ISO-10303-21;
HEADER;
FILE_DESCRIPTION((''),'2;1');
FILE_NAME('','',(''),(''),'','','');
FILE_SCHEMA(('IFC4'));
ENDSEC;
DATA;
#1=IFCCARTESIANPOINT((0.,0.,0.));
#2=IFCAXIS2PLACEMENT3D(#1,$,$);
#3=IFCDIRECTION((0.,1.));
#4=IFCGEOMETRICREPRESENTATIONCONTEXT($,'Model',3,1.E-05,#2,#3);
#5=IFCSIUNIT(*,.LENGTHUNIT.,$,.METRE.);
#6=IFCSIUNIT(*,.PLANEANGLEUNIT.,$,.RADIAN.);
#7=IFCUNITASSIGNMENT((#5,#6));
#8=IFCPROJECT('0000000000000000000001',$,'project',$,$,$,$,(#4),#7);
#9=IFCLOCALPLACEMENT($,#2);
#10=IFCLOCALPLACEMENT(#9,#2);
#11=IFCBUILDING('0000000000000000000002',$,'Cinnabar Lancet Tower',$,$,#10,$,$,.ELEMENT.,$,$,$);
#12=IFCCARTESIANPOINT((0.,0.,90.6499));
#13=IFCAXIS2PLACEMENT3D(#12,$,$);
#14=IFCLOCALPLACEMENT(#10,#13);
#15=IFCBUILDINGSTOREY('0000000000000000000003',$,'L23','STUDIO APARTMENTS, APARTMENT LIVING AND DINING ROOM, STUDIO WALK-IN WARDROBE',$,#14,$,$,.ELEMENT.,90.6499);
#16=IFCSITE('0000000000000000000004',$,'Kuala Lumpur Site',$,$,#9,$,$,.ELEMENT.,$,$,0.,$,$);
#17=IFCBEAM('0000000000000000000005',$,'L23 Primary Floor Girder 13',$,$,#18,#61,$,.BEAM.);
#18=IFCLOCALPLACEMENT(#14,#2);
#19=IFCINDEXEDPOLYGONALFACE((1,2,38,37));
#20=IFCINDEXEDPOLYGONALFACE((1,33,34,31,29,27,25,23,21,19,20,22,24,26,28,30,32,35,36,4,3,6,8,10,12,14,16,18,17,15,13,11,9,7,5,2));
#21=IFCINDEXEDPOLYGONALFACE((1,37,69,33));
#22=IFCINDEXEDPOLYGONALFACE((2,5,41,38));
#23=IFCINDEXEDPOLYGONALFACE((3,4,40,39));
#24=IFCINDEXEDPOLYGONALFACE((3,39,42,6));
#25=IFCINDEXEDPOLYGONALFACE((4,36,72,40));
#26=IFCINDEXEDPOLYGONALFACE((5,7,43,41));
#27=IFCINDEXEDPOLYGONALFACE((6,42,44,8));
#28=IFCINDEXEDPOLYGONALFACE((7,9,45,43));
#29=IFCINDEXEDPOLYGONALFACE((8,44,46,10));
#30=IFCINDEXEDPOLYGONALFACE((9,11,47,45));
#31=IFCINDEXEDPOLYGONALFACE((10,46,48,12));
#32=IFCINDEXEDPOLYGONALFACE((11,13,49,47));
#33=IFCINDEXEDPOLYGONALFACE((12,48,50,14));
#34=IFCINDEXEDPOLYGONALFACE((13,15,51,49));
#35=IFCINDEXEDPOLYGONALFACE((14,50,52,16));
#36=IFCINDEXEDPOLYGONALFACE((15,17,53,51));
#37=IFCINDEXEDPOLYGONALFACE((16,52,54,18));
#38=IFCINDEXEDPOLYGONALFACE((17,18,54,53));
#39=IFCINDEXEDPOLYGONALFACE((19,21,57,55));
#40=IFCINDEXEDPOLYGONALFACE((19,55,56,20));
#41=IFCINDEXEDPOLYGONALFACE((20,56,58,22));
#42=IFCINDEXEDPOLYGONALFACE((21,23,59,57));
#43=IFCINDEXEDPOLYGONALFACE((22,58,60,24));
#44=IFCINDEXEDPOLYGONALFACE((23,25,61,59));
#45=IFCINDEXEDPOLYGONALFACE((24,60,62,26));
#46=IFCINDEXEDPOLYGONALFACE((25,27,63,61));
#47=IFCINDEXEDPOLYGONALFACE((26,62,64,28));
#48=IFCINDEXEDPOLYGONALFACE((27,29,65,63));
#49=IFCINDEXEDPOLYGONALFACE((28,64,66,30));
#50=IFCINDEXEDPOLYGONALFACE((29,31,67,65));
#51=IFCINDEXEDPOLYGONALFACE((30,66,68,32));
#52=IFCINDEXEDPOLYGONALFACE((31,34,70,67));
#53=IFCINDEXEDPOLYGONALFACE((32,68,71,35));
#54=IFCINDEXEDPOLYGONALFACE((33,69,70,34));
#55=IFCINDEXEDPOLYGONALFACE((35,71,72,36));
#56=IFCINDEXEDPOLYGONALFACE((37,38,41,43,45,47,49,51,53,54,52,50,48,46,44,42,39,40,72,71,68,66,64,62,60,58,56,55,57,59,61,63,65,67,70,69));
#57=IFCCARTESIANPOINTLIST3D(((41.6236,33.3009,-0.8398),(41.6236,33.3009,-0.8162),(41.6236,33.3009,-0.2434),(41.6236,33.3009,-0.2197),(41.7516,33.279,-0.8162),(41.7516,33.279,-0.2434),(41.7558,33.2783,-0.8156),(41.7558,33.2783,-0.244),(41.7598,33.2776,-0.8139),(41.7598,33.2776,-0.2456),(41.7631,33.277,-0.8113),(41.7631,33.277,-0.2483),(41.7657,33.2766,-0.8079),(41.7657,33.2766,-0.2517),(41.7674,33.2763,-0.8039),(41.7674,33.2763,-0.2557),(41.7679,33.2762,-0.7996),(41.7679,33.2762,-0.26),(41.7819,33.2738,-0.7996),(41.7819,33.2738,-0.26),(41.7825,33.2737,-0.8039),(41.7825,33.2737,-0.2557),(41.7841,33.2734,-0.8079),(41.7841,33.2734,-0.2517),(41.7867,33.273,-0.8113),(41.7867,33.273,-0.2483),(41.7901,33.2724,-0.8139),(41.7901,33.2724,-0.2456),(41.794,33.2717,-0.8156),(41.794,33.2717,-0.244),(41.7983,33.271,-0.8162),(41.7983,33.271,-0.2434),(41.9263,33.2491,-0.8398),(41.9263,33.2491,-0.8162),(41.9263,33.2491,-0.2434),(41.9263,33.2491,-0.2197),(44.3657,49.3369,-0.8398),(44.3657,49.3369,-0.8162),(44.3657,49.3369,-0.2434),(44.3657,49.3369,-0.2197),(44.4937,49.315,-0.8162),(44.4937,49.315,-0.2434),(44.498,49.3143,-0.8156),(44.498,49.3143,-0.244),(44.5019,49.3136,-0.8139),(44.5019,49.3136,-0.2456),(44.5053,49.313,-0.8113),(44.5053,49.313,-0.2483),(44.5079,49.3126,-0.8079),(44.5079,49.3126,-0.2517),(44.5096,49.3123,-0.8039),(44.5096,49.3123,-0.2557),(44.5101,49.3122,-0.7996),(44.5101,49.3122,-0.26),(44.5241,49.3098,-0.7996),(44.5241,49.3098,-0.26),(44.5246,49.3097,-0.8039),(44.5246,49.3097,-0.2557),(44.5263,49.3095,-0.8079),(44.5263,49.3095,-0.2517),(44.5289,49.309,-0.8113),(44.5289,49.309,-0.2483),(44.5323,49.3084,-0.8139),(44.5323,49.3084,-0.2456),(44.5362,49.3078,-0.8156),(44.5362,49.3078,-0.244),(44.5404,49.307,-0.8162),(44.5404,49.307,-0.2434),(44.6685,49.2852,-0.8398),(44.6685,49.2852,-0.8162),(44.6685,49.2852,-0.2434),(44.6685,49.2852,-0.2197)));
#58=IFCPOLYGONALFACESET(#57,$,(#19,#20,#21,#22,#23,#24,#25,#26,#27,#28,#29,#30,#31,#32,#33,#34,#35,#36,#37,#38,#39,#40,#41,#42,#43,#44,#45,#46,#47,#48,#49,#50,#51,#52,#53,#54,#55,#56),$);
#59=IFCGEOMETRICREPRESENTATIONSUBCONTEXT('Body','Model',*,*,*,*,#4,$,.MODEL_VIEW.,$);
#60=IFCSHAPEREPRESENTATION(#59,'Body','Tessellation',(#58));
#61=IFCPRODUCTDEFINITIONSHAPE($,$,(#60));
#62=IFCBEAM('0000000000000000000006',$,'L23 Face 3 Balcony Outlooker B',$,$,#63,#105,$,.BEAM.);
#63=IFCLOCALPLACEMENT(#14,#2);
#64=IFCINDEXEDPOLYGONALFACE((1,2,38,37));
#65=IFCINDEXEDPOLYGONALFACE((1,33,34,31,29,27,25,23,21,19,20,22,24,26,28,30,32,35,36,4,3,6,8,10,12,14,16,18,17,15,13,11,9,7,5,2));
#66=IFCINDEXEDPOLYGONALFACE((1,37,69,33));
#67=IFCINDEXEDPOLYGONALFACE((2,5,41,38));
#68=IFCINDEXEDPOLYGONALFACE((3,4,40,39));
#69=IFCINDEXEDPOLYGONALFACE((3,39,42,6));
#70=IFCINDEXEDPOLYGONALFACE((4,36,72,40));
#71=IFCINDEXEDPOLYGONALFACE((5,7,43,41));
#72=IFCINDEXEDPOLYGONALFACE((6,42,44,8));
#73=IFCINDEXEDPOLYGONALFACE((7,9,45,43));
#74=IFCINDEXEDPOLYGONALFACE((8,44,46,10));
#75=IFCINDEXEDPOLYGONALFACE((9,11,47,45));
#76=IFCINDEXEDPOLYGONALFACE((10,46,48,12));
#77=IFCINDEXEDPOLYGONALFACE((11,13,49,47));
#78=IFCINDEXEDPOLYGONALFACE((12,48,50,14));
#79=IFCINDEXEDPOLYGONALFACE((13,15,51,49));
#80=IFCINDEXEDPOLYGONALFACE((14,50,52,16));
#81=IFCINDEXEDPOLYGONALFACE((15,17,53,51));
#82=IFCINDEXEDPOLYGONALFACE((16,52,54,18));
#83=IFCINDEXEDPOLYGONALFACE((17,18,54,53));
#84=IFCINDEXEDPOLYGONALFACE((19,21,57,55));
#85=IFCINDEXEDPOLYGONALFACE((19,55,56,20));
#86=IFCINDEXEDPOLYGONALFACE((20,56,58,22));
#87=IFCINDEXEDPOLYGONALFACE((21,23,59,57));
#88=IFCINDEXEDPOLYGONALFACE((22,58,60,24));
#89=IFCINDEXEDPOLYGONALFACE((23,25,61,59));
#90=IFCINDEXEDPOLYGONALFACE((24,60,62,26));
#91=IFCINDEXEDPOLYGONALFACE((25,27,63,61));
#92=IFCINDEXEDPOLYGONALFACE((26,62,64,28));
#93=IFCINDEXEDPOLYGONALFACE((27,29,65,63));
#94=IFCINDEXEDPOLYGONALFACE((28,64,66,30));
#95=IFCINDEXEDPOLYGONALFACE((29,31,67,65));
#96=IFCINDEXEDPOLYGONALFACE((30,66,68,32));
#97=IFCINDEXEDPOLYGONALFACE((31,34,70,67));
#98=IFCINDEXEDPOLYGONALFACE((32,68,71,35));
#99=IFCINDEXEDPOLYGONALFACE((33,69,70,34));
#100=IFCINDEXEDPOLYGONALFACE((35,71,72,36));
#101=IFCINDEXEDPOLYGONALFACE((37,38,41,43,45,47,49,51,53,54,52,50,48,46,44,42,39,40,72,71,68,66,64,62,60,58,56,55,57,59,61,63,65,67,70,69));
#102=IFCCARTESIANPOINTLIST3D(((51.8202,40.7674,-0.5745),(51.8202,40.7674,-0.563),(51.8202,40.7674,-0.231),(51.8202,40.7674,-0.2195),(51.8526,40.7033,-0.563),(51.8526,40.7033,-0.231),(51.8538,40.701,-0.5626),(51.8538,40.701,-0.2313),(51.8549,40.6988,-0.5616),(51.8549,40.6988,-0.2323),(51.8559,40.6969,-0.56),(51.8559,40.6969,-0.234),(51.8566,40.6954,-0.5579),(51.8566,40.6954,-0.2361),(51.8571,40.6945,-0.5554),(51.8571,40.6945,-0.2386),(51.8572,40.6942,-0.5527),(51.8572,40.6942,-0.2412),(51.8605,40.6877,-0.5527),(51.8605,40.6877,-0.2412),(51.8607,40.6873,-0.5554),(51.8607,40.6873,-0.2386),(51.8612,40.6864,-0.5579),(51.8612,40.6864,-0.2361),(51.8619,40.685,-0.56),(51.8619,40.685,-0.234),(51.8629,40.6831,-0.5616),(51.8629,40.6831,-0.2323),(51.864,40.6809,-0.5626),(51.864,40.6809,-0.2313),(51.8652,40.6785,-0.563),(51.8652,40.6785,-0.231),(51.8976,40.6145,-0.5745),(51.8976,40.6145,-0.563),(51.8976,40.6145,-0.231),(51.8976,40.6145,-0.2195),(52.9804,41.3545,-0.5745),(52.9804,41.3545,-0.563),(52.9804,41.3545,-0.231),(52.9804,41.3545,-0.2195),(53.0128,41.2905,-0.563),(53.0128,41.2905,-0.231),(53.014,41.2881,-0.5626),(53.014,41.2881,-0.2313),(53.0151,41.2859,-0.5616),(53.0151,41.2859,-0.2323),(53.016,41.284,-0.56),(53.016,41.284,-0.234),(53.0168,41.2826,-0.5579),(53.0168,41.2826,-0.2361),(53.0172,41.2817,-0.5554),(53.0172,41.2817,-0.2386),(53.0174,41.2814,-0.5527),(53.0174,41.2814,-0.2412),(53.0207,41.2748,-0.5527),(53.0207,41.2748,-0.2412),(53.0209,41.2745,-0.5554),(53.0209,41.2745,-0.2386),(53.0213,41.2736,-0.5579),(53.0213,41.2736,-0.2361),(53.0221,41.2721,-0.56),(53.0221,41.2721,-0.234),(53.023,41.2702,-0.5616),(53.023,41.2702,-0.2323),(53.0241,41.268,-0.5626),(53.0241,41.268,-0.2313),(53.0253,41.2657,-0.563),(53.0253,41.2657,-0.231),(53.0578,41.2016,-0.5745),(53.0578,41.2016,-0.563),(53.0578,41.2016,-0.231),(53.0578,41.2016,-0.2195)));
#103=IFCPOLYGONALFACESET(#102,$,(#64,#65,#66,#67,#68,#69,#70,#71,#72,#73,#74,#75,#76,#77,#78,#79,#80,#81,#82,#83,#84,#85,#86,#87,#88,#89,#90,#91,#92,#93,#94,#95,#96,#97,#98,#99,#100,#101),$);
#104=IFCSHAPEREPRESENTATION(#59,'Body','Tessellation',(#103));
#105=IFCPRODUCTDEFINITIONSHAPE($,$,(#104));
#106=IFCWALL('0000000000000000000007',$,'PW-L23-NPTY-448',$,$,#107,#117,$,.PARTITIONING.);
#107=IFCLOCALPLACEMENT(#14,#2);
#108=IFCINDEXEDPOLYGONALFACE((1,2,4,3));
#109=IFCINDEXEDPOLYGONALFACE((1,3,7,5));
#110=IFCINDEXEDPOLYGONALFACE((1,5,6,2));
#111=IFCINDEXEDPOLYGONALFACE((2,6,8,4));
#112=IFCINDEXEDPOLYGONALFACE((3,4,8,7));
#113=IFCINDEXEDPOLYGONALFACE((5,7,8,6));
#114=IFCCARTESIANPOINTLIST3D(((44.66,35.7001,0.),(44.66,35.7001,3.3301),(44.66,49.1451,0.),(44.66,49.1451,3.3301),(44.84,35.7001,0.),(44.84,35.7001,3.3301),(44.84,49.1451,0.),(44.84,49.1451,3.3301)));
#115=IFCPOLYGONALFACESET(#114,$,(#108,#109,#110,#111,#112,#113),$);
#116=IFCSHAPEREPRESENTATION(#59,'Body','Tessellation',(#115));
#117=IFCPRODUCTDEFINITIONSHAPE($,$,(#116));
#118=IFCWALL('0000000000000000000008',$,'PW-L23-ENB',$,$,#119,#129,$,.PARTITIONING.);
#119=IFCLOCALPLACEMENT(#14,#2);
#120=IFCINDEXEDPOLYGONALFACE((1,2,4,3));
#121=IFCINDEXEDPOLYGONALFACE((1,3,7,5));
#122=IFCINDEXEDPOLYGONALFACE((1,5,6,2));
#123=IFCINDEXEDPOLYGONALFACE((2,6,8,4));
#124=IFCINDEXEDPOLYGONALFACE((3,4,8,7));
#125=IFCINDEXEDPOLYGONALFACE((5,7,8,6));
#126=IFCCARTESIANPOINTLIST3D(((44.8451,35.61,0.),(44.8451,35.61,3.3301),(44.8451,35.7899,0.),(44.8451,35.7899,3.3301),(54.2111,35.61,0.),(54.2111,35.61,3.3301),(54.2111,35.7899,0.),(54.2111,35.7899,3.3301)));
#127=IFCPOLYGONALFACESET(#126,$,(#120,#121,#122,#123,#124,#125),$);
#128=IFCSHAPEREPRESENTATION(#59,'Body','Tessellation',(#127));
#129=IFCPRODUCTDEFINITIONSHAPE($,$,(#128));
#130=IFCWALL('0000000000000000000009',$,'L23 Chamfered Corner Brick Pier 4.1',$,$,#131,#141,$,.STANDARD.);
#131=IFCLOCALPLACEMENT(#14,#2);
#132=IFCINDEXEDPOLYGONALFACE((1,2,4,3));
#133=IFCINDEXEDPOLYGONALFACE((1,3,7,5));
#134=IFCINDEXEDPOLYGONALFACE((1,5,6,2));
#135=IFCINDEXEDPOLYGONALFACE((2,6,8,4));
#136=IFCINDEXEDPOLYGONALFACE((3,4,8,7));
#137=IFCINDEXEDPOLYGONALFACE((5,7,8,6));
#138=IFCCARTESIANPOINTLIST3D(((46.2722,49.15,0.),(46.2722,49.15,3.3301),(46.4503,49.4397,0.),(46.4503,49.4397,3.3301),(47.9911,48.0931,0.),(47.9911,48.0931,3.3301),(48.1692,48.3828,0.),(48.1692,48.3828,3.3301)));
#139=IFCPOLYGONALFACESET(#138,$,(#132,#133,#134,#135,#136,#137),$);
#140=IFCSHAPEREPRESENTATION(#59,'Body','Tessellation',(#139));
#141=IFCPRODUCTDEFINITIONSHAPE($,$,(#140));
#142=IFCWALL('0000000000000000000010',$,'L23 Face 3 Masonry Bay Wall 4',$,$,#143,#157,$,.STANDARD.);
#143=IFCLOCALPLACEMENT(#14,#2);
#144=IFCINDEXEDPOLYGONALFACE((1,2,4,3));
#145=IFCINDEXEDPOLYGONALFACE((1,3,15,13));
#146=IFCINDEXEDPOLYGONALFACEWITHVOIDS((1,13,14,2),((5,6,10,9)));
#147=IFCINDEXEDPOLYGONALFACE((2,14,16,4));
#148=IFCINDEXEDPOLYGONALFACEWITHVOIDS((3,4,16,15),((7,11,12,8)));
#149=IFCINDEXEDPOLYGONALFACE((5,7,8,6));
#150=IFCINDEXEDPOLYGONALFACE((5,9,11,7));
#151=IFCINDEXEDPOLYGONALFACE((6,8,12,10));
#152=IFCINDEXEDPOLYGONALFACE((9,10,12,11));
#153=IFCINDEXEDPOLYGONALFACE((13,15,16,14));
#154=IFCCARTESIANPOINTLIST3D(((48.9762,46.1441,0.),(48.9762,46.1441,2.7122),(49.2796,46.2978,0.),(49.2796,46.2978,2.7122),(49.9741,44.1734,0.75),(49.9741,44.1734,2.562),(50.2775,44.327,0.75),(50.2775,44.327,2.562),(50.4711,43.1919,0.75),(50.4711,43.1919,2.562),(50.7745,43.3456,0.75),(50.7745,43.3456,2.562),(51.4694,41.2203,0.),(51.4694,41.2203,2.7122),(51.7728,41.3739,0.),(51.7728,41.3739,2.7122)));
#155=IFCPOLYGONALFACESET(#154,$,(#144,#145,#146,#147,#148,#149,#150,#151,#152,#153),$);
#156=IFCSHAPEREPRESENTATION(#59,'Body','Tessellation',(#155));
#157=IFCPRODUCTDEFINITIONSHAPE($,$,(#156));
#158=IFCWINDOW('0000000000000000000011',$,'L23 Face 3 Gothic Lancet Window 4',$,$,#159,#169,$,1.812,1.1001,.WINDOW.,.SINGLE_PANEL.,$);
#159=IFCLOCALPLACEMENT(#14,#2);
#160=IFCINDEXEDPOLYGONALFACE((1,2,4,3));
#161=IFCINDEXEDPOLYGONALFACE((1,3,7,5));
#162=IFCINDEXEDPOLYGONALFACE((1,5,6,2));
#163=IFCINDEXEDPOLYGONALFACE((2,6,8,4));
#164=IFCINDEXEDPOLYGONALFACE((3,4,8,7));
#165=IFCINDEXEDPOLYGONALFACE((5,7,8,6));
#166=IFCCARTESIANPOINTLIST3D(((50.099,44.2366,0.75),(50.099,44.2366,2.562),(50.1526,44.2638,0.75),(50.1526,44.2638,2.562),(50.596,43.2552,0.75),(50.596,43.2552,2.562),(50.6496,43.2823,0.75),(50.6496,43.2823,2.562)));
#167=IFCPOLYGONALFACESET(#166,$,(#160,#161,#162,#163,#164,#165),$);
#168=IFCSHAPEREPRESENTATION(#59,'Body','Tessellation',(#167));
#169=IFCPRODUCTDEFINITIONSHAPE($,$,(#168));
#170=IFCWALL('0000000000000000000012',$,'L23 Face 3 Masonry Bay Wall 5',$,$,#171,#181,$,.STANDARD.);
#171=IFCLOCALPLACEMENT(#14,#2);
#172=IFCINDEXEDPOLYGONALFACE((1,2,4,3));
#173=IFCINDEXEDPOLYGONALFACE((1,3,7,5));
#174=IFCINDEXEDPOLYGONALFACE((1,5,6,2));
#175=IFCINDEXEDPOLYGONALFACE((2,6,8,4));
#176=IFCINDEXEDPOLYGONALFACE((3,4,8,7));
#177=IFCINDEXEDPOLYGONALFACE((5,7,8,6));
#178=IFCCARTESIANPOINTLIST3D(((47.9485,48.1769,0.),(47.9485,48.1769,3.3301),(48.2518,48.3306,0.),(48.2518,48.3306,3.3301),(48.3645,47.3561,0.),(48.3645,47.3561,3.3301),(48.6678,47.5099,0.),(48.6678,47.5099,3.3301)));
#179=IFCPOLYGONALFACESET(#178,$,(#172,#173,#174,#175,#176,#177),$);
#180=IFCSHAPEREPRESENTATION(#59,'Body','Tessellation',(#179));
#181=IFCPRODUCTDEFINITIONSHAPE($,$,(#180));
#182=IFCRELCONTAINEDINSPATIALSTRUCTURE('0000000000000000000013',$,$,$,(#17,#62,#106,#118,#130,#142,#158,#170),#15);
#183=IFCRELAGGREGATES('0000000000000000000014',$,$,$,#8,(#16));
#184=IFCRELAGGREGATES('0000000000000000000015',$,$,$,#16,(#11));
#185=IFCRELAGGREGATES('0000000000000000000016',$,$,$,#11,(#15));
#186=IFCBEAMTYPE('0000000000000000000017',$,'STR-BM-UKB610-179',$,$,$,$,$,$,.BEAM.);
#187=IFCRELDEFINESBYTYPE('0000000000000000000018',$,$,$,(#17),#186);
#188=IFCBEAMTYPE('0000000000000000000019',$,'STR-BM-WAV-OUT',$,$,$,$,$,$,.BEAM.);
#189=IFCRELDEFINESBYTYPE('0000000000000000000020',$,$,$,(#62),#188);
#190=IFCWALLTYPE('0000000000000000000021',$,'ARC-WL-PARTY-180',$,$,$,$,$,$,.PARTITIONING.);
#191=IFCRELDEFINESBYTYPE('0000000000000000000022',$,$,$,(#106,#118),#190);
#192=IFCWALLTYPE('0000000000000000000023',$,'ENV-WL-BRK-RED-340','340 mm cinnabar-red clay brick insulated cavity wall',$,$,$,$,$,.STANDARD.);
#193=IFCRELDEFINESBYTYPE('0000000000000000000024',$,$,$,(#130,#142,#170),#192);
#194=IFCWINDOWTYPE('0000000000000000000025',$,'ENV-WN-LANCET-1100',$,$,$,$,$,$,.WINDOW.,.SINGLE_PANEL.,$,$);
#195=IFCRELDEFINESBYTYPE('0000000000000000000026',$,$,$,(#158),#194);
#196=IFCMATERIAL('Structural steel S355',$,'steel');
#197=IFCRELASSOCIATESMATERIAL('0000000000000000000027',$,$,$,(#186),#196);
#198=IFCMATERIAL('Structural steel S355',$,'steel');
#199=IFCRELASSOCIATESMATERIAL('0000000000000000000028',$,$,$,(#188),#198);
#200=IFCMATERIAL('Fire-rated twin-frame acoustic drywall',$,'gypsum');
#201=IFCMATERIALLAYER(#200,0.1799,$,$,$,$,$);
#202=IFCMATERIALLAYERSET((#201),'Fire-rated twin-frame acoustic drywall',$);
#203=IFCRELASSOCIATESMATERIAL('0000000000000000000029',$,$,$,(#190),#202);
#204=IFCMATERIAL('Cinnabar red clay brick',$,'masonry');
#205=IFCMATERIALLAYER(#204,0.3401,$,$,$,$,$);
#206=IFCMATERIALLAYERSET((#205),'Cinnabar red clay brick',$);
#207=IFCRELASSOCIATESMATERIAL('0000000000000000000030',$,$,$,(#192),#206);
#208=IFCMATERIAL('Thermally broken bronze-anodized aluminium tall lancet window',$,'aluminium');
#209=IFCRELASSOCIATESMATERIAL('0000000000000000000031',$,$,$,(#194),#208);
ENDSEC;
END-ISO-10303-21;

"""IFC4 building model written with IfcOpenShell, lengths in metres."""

from ifc_helpers import new_model, si_unit, direction, frame, frame_2d, origin, origin_2d, place, context, subcontext, project, spatial, rectangle, i_section, extrude, material, layer, layer_set, material_profile, profile_set, type_object, element, fill, save


model = new_model("IFC4")

# Units and contexts
model_context = context("Model", 3, precision=1e-05, world=origin(), true_north=direction((0.0, 1.0)))
body_context = subcontext(model_context, "Body", "Model", "MODEL_VIEW")
ifc_project = project(units=[si_unit("LENGTHUNIT", "METRE"), si_unit("PLANEANGLEUNIT", "RADIAN")], contexts=[model_context])

# Site, building, storey
site_placement = place(None, origin())
site = spatial("IfcSite", under=ifc_project, at=site_placement, Name="Kuala Lumpur Site", CompositionType="ELEMENT", RefElevation=0.0)
building_placement = place(site_placement, origin())
building = spatial("IfcBuilding", under=site, at=building_placement, Name="Cinnabar Lancet Tower", CompositionType="ELEMENT")
storey_placement = place(building_placement, frame((0.0, 0.0, 90.6499)))
storey = spatial("IfcBuildingStorey", under=building, at=storey_placement, Name="L23", Description="STUDIO APARTMENTS, APARTMENT LIVING AND DINING ROOM, STUDIO WALK-IN WARDROBE", CompositionType="ELEMENT", Elevation=90.6499)

# Beams
ifc_material_1 = material(Name="Structural steel S355", Category="steel")
ifc_material_profile_1 = material_profile(ifc_material_1, i_section(OverallWidth=0.3071, OverallDepth=0.6201, WebThickness=0.0142, FlangeThickness=0.0237, FilletRadius=0.0166, at=origin_2d()), Name="UKB 610x305x179")
ifc_profile_set_1 = profile_set([ifc_material_profile_1], Name="Structural steel S355")
beam_type_1 = type_object("IfcBeamType", Name="STR-BM-UKB610-179", PredefinedType="BEAM", material=ifc_profile_set_1)
beam_1_placement = place(storey_placement, frame((44.5171, 49.311, -0.5298), z_axis=(-0.168554, -0.985692, 0.0), x_axis=(0.985692, -0.168554, 0.0)))
element("IfcBeam", 1, at=beam_1_placement, inside=storey, type_object=beam_type_1, Name="L23 Primary Floor Girder 13", PredefinedType="BEAM", context=body_context, shape_type="SweptSolid", body=[
    extrude(i_section(OverallWidth=0.3071, OverallDepth=0.6201, WebThickness=0.0142, FlangeThickness=0.0237, FilletRadius=0.0166, at=origin_2d()), origin(), (0.0, 0.0, 1.0), 16.2688),
])
ifc_material_2 = material(Name="Structural steel S355", Category="steel")
ifc_material_profile_2 = material_profile(ifc_material_2, i_section(OverallWidth=0.1714, OverallDepth=0.355, WebThickness=0.0073, FlangeThickness=0.0115, FilletRadius=0.0103, at=origin_2d()), Name="UKB 356x171x51")
ifc_profile_set_2 = profile_set([ifc_material_profile_2], Name="Structural steel S355")
beam_type_2 = type_object("IfcBeamType", Name="STR-BM-WAV-OUT", PredefinedType="BEAM", material=ifc_profile_set_2)
beam_2_placement = place(storey_placement, frame((51.8589, 40.6909, -0.397), z_axis=(0.892239, 0.451564, 0.0), x_axis=(-0.451564, 0.892239, 0.0)))
element("IfcBeam", 2, at=beam_2_placement, inside=storey, type_object=beam_type_2, Name="L23 Face 3 Balcony Outlooker B", PredefinedType="BEAM", context=body_context, shape_type="SweptSolid", body=[
    extrude(i_section(OverallWidth=0.1714, OverallDepth=0.355, WebThickness=0.0073, FlangeThickness=0.0115, FilletRadius=0.0103, at=origin_2d()), origin(), (0.0, 0.0, 1.0), 1.3003),
])

# Walls
ifc_material_3 = material(Name="Fire-rated twin-frame acoustic drywall", Category="gypsum")
ifc_layer_1 = layer(ifc_material_3, 0.1799)
ifc_layer_set_1 = layer_set([ifc_layer_1], Name="Fire-rated twin-frame acoustic drywall")
wall_type_1 = type_object("IfcWallType", Name="ARC-WL-PARTY-180", PredefinedType="PARTITIONING", material=ifc_layer_set_1)
wall_1_placement = place(storey_placement, frame((44.75, 35.7, 0.0), z_axis=(0.0, 0.0, 1.0), x_axis=(0.0, 1.0, 0.0)))
element("IfcWall", 3, at=wall_1_placement, inside=storey, type_object=wall_type_1, Name="PW-L23-NPTY-448", PredefinedType="PARTITIONING", context=body_context, shape_type="SweptSolid", body=[
    extrude(rectangle(XDim=13.4451, YDim=0.1799, at=frame_2d((6.7227, 0.0))), origin(), (0.0, 0.0, 1.0), 3.3301),
])
wall_2_placement = place(storey_placement, frame((44.845, 35.7, 0.0), z_axis=(0.0, 0.0, 1.0), x_axis=(1.0, 0.0, 0.0)))
element("IfcWall", 4, at=wall_2_placement, inside=storey, type_object=wall_type_1, Name="PW-L23-ENB", PredefinedType="PARTITIONING", context=body_context, shape_type="SweptSolid", body=[
    extrude(rectangle(XDim=9.366, YDim=0.1799, at=frame_2d((4.6831, 0.0))), origin(), (0.0, 0.0, 1.0), 3.3301),
])
ifc_material_4 = material(Name="Cinnabar red clay brick", Category="masonry")
ifc_layer_2 = layer(ifc_material_4, 0.3401)
ifc_layer_set_2 = layer_set([ifc_layer_2], Name="Cinnabar red clay brick")
wall_type_2 = type_object("IfcWallType", Name="ENV-WL-BRK-RED-340", Description="340 mm cinnabar-red clay brick insulated cavity wall", PredefinedType="STANDARD", material=ifc_layer_set_2)
wall_3_placement = place(storey_placement, frame((48.0801, 48.238, 0.0), z_axis=(0.0, 0.0, 1.0), x_axis=(-0.85187, 0.523753, 0.0)))
element("IfcWall", 5, at=wall_3_placement, inside=storey, type_object=wall_type_2, Name="L23 Chamfered Corner Brick Pier 4.1", PredefinedType="STANDARD", context=body_context, shape_type="SweptSolid", body=[
    extrude(rectangle(XDim=2.0178, YDim=0.3401, at=frame_2d((1.0088, 0.0))), origin(), (0.0, 0.0, 1.0), 3.3301),
])

# Wall, opening, window
wall_4_placement = place(storey_placement, frame((51.6211, 41.2971, 0.0), z_axis=(0.0, 0.0, 1.0), x_axis=(-0.451738, 0.892151, 0.0)))
wall_4 = element("IfcWall", 6, at=wall_4_placement, inside=storey, type_object=wall_type_2, Name="L23 Face 3 Masonry Bay Wall 4", PredefinedType="STANDARD", context=body_context, shape_type="SweptSolid", body=[
    extrude(rectangle(XDim=5.519, YDim=0.3401, at=frame_2d((2.7595, 0.0))), origin(), (0.0, 0.0, 1.0), 2.7122),
])
opening_1_placement = place(wall_4_placement, frame((2.21, 0.0, 0.75)))
opening_1 = element("IfcOpeningElement", 7, at=opening_1_placement, cuts=wall_4, PredefinedType="OPENING", context=body_context, shape_type="SweptSolid", body=[
    extrude(rectangle(XDim=1.1001, YDim=1.812, at=frame_2d((0.55, 0.906))), frame((0.0, 0.1799, 0.0), z_axis=(0.0, -1.0, 0.0), x_axis=(1.0, 0.0, 0.0)), (0.0, 0.0, 1.0), 0.3601),
])
ifc_material_5 = material(Name="Thermally broken bronze-anodized aluminium tall lancet window", Category="aluminium")
window_type = type_object("IfcWindowType", Name="ENV-WN-LANCET-1100", PartitioningType="SINGLE_PANEL", PredefinedType="WINDOW", material=ifc_material_5)
window_1_placement = place(opening_1_placement, origin())
window_1 = element("IfcWindow", 8, at=window_1_placement, inside=storey, type_object=window_type, Name="L23 Face 3 Gothic Lancet Window 4", OverallHeight=1.812, OverallWidth=1.1001, PartitioningType="SINGLE_PANEL", PredefinedType="WINDOW", context=body_context, shape_type="SweptSolid", body=[
    extrude(rectangle(XDim=1.1001, YDim=1.812, at=frame_2d((0.55, 0.906))), frame((0.0, 0.03, 0.0), z_axis=(0.0, -1.0, 0.0), x_axis=(1.0, 0.0, 0.0)), (0.0, 0.0, 1.0), 0.0601),
])
fill(opening_1, window_1)

# Wall
wall_5_placement = place(storey_placement, frame((48.5161, 47.4331, 0.0), z_axis=(0.0, 0.0, 1.0), x_axis=(-0.452089, 0.891973, 0.0)))
element("IfcWall", 9, at=wall_5_placement, inside=storey, type_object=wall_type_2, Name="L23 Face 3 Masonry Bay Wall 5", PredefinedType="STANDARD", context=body_context, shape_type="SweptSolid", body=[
    extrude(rectangle(XDim=0.9202, YDim=0.3401, at=frame_2d((0.46, 0.0))), origin(), (0.0, 0.0, 1.0), 3.3301),
])

save(model, "model.ifc")
